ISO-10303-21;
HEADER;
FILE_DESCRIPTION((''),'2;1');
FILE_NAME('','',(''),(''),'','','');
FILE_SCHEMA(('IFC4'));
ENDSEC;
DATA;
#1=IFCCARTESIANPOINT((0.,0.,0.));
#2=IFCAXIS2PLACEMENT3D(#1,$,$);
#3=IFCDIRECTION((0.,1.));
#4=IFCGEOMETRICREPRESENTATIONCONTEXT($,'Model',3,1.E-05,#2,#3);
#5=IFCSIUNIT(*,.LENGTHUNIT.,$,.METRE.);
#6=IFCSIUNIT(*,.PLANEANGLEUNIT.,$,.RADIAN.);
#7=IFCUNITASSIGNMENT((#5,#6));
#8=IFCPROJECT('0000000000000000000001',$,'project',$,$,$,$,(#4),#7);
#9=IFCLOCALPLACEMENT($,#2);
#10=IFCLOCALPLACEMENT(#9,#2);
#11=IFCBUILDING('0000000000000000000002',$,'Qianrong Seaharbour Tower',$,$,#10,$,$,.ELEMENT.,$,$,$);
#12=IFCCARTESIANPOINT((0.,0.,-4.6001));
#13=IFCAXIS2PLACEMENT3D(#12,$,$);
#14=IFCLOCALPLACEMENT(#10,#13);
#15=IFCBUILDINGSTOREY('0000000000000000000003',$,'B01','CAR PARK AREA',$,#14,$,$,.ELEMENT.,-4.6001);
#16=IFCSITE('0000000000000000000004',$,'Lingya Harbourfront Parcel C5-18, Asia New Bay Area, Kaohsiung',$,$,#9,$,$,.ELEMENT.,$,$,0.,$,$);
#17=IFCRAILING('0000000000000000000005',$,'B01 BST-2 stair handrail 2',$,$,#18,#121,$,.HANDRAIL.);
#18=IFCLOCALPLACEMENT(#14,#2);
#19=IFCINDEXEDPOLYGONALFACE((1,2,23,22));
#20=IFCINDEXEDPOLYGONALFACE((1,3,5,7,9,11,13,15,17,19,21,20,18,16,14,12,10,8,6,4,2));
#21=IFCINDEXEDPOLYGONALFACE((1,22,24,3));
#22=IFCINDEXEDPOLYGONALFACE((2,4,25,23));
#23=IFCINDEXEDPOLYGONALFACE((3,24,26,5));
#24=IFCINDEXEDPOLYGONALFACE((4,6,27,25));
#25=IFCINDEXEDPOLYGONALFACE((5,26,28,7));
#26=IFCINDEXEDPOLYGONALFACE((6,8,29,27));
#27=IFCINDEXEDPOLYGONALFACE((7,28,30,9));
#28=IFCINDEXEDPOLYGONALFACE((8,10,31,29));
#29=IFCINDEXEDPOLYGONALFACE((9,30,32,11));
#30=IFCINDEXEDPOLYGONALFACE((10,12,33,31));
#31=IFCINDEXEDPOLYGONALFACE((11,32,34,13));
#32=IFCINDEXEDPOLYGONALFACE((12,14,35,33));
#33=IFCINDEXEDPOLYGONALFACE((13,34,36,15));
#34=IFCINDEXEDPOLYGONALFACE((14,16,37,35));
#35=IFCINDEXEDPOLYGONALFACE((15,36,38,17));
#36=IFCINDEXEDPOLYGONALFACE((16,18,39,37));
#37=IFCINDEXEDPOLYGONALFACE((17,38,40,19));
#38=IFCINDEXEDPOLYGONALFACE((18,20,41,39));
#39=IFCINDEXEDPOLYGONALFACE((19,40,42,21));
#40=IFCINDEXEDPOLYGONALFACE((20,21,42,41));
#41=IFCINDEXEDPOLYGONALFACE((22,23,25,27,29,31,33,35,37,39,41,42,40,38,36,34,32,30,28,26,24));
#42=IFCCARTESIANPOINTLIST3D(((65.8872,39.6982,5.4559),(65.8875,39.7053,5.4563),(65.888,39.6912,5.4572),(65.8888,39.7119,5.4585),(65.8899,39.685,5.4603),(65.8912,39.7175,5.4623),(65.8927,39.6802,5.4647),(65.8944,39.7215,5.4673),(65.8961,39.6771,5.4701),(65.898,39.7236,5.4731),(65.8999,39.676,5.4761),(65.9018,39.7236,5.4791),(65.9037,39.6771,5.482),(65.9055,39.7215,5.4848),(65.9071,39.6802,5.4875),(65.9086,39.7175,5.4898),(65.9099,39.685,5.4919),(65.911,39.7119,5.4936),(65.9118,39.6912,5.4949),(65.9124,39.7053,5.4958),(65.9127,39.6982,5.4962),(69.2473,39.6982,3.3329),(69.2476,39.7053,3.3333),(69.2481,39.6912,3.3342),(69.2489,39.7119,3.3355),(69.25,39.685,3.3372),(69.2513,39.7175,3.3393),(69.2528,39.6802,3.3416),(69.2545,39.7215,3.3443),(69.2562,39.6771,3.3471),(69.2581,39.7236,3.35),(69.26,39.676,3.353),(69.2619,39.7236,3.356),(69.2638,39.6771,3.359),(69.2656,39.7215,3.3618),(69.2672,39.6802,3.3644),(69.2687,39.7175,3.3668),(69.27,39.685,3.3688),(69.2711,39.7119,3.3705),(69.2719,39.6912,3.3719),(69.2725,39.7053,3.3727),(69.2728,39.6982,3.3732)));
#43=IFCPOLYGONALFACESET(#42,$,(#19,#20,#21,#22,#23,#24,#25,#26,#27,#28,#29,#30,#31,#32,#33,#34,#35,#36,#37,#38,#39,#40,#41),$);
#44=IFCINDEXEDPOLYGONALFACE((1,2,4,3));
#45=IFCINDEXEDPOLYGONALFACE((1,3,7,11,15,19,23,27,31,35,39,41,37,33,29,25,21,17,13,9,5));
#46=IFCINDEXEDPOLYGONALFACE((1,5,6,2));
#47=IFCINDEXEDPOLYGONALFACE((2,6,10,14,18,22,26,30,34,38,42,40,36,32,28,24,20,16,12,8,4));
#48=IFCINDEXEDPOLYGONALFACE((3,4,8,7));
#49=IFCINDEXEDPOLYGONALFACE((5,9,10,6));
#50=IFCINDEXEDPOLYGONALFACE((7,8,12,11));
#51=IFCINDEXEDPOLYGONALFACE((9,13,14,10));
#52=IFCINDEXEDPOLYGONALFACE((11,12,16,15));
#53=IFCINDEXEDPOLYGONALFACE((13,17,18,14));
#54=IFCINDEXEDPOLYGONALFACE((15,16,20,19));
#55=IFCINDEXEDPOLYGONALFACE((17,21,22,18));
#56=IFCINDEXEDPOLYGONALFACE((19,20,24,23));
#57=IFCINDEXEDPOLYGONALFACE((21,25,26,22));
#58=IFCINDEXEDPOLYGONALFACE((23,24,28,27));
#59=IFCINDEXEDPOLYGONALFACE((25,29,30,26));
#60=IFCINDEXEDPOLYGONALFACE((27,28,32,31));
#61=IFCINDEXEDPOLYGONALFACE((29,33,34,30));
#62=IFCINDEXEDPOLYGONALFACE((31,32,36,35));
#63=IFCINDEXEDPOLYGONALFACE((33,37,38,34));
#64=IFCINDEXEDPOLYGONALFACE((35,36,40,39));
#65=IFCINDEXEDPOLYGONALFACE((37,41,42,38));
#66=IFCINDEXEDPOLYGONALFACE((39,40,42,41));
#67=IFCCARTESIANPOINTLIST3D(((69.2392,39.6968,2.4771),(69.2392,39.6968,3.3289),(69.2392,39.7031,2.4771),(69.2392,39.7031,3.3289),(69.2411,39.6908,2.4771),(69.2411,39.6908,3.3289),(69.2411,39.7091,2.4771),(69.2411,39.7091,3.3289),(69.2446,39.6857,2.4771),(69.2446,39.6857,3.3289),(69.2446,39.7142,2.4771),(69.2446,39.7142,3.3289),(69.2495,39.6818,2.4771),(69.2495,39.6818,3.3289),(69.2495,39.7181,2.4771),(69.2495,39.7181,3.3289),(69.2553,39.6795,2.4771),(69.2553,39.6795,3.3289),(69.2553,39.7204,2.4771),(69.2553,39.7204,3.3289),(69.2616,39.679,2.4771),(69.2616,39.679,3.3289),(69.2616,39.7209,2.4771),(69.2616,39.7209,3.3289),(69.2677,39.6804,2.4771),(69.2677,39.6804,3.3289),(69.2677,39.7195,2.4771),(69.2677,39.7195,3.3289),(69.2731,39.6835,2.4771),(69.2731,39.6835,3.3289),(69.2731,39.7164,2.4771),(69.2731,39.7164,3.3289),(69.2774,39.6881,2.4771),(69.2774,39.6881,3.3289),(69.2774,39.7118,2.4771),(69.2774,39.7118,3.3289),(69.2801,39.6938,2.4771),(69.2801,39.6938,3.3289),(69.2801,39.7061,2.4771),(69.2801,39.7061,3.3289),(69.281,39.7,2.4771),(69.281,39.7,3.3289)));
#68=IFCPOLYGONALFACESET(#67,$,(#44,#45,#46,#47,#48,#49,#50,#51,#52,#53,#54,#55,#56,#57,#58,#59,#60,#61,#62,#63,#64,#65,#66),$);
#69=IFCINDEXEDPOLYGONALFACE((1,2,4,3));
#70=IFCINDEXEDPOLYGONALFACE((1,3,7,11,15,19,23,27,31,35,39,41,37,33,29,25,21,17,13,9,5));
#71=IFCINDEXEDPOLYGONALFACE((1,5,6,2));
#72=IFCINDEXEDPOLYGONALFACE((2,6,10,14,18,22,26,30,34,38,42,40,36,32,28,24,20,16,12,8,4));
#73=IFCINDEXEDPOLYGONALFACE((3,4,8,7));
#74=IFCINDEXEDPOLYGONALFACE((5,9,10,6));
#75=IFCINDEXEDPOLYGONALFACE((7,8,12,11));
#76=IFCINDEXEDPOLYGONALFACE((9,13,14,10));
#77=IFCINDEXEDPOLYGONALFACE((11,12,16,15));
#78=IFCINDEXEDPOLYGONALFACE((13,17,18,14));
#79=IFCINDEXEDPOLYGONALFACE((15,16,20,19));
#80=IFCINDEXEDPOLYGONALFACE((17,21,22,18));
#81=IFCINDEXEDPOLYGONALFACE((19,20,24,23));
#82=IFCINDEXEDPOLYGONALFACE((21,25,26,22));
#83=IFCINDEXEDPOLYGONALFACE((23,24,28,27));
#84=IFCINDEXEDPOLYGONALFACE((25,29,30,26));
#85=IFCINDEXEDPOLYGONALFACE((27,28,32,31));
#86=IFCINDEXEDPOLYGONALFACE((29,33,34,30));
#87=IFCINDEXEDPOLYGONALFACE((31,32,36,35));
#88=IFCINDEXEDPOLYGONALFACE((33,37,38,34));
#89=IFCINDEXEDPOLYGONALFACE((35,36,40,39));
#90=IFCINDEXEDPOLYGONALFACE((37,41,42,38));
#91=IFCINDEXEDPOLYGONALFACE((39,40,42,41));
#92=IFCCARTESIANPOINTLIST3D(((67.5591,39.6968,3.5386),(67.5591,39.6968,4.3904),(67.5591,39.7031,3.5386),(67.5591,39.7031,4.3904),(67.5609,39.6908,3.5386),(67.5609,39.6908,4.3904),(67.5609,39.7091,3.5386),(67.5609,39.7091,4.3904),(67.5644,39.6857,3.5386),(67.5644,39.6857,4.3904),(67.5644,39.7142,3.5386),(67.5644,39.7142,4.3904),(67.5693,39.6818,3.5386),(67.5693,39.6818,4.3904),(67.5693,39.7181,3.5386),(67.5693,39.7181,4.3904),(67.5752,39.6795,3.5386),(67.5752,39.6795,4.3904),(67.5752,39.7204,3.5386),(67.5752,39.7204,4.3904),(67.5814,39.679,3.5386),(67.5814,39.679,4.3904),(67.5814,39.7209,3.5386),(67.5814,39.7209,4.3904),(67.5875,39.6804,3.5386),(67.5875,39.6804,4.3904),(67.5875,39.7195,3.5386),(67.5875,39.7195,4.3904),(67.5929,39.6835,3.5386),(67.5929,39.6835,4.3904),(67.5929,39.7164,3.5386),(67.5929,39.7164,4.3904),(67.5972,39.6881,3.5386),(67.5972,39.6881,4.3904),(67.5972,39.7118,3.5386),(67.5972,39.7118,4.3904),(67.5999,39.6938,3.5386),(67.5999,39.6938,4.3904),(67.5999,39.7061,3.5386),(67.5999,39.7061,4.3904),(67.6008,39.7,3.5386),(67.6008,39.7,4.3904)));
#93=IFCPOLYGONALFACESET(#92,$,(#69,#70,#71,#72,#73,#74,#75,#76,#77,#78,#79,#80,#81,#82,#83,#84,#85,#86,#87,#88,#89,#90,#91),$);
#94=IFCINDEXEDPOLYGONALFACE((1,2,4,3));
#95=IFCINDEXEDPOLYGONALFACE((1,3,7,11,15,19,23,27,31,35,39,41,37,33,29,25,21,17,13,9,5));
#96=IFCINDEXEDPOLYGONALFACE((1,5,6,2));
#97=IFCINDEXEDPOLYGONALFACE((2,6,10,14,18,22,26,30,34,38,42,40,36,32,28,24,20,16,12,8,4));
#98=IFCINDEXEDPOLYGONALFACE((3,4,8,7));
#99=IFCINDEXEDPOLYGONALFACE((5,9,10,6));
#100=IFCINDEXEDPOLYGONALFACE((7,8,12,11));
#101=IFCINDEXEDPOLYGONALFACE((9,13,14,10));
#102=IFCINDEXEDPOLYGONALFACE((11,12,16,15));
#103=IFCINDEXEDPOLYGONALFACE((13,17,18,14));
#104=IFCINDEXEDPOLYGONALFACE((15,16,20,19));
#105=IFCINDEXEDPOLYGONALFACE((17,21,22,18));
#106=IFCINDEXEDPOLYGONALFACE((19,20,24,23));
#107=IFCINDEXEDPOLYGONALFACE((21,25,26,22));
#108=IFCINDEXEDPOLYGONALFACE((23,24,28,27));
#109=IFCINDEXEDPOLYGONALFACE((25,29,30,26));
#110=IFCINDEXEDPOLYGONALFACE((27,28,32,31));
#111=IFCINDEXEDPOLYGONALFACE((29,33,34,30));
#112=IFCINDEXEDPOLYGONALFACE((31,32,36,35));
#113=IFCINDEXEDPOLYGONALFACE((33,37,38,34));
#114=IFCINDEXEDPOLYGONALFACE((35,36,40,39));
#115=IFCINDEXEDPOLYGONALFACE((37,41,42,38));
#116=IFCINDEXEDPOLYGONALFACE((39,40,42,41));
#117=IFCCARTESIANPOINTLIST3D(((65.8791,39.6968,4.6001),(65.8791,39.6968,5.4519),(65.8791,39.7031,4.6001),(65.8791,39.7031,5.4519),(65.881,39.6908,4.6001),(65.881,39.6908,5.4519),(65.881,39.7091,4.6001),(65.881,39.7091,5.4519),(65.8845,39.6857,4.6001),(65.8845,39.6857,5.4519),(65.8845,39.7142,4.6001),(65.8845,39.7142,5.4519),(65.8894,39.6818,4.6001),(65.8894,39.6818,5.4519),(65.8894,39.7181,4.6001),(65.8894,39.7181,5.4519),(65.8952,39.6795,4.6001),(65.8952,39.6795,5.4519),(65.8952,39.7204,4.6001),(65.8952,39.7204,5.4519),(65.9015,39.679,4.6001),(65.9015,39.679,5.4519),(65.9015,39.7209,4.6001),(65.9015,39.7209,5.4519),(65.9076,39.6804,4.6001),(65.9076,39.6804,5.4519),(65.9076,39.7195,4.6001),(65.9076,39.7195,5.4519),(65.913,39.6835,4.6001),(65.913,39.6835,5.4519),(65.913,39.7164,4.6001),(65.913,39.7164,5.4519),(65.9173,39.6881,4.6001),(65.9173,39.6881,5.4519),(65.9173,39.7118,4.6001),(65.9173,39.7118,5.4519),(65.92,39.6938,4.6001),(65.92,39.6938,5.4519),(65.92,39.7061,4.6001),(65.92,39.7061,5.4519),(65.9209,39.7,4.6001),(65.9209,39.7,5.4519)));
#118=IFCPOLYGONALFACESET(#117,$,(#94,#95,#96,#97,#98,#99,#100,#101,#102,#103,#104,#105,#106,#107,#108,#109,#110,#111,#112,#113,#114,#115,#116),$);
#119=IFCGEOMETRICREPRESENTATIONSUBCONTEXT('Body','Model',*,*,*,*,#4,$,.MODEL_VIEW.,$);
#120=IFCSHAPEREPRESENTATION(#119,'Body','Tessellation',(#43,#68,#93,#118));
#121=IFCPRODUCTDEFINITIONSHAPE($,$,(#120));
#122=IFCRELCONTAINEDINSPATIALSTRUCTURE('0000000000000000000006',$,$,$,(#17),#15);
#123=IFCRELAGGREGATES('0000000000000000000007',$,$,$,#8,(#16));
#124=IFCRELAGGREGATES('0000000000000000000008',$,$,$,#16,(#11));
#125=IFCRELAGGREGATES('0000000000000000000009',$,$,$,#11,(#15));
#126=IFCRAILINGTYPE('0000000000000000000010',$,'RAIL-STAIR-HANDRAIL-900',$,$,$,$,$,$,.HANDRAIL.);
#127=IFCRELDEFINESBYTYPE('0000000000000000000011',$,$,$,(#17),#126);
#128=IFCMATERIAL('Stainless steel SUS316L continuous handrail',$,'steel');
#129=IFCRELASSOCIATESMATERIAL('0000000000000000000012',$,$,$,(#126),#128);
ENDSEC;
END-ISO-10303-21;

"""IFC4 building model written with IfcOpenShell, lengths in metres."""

from ifc_helpers import new_model, si_unit, direction, frame, origin, origin_2d, place, context, subcontext, project, spatial, circle, extrude, material, type_object, element, save


model = new_model("IFC4")

# Units and contexts
model_context = context("Model", 3, precision=1e-05, world=origin(), true_north=direction((0.0, 1.0)))
body_context = subcontext(model_context, "Body", "Model", "MODEL_VIEW")
ifc_project = project(units=[si_unit("LENGTHUNIT", "METRE"), si_unit("PLANEANGLEUNIT", "RADIAN")], contexts=[model_context])

# Site, building, storey
site_placement = place(None, origin())
site = spatial("IfcSite", under=ifc_project, at=site_placement, Name="Lingya Harbourfront Parcel C5-18, Asia New Bay Area, Kaohsiung", CompositionType="ELEMENT", RefElevation=0.0)
building_placement = place(site_placement, origin())
building = spatial("IfcBuilding", under=site, at=building_placement, Name="Qianrong Seaharbour Tower", CompositionType="ELEMENT")
storey_placement = place(building_placement, frame((0.0, 0.0, -4.6001)))
storey = spatial("IfcBuildingStorey", under=building, at=storey_placement, Name="B01", Description="CAR PARK AREA", CompositionType="ELEMENT", Elevation=-4.6001)

# Railing
ifc_material_1 = material(Name="Stainless steel SUS316L continuous handrail", Category="steel")
railing_type_1 = type_object("IfcRailingType", Name="RAIL-STAIR-HANDRAIL-900", PredefinedType="HANDRAIL", material=ifc_material_1)
railing_1_placement = place(storey_placement, frame((69.26, 39.7, 2.4771)))
element("IfcRailing", 1, at=railing_1_placement, inside=storey, type_object=railing_type_1, Name="B01 BST-2 stair handrail 2", PredefinedType="HANDRAIL", context=body_context, shape_type="SweptSolid", body=[
    extrude(circle(Radius=0.0239, at=origin_2d()), frame((0.0, 0.0, 0.876), z_axis=(-0.84539, 0.0, 0.53415), x_axis=(0.0, -1.0, 0.0)), (0.0, 0.0, 1.0), 3.9746),
    extrude(circle(Radius=0.021, at=origin_2d()), origin(), (0.0, 0.0, 1.0), 0.8518),
    extrude(circle(Radius=0.021, at=origin_2d()), frame((-1.6802, 0.0, 1.0615)), (0.0, 0.0, 1.0), 0.8518),
    extrude(circle(Radius=0.021, at=origin_2d()), frame((-3.3601, 0.0, 2.123)), (0.0, 0.0, 1.0), 0.8518),
])

save(model, "model.ifc")
